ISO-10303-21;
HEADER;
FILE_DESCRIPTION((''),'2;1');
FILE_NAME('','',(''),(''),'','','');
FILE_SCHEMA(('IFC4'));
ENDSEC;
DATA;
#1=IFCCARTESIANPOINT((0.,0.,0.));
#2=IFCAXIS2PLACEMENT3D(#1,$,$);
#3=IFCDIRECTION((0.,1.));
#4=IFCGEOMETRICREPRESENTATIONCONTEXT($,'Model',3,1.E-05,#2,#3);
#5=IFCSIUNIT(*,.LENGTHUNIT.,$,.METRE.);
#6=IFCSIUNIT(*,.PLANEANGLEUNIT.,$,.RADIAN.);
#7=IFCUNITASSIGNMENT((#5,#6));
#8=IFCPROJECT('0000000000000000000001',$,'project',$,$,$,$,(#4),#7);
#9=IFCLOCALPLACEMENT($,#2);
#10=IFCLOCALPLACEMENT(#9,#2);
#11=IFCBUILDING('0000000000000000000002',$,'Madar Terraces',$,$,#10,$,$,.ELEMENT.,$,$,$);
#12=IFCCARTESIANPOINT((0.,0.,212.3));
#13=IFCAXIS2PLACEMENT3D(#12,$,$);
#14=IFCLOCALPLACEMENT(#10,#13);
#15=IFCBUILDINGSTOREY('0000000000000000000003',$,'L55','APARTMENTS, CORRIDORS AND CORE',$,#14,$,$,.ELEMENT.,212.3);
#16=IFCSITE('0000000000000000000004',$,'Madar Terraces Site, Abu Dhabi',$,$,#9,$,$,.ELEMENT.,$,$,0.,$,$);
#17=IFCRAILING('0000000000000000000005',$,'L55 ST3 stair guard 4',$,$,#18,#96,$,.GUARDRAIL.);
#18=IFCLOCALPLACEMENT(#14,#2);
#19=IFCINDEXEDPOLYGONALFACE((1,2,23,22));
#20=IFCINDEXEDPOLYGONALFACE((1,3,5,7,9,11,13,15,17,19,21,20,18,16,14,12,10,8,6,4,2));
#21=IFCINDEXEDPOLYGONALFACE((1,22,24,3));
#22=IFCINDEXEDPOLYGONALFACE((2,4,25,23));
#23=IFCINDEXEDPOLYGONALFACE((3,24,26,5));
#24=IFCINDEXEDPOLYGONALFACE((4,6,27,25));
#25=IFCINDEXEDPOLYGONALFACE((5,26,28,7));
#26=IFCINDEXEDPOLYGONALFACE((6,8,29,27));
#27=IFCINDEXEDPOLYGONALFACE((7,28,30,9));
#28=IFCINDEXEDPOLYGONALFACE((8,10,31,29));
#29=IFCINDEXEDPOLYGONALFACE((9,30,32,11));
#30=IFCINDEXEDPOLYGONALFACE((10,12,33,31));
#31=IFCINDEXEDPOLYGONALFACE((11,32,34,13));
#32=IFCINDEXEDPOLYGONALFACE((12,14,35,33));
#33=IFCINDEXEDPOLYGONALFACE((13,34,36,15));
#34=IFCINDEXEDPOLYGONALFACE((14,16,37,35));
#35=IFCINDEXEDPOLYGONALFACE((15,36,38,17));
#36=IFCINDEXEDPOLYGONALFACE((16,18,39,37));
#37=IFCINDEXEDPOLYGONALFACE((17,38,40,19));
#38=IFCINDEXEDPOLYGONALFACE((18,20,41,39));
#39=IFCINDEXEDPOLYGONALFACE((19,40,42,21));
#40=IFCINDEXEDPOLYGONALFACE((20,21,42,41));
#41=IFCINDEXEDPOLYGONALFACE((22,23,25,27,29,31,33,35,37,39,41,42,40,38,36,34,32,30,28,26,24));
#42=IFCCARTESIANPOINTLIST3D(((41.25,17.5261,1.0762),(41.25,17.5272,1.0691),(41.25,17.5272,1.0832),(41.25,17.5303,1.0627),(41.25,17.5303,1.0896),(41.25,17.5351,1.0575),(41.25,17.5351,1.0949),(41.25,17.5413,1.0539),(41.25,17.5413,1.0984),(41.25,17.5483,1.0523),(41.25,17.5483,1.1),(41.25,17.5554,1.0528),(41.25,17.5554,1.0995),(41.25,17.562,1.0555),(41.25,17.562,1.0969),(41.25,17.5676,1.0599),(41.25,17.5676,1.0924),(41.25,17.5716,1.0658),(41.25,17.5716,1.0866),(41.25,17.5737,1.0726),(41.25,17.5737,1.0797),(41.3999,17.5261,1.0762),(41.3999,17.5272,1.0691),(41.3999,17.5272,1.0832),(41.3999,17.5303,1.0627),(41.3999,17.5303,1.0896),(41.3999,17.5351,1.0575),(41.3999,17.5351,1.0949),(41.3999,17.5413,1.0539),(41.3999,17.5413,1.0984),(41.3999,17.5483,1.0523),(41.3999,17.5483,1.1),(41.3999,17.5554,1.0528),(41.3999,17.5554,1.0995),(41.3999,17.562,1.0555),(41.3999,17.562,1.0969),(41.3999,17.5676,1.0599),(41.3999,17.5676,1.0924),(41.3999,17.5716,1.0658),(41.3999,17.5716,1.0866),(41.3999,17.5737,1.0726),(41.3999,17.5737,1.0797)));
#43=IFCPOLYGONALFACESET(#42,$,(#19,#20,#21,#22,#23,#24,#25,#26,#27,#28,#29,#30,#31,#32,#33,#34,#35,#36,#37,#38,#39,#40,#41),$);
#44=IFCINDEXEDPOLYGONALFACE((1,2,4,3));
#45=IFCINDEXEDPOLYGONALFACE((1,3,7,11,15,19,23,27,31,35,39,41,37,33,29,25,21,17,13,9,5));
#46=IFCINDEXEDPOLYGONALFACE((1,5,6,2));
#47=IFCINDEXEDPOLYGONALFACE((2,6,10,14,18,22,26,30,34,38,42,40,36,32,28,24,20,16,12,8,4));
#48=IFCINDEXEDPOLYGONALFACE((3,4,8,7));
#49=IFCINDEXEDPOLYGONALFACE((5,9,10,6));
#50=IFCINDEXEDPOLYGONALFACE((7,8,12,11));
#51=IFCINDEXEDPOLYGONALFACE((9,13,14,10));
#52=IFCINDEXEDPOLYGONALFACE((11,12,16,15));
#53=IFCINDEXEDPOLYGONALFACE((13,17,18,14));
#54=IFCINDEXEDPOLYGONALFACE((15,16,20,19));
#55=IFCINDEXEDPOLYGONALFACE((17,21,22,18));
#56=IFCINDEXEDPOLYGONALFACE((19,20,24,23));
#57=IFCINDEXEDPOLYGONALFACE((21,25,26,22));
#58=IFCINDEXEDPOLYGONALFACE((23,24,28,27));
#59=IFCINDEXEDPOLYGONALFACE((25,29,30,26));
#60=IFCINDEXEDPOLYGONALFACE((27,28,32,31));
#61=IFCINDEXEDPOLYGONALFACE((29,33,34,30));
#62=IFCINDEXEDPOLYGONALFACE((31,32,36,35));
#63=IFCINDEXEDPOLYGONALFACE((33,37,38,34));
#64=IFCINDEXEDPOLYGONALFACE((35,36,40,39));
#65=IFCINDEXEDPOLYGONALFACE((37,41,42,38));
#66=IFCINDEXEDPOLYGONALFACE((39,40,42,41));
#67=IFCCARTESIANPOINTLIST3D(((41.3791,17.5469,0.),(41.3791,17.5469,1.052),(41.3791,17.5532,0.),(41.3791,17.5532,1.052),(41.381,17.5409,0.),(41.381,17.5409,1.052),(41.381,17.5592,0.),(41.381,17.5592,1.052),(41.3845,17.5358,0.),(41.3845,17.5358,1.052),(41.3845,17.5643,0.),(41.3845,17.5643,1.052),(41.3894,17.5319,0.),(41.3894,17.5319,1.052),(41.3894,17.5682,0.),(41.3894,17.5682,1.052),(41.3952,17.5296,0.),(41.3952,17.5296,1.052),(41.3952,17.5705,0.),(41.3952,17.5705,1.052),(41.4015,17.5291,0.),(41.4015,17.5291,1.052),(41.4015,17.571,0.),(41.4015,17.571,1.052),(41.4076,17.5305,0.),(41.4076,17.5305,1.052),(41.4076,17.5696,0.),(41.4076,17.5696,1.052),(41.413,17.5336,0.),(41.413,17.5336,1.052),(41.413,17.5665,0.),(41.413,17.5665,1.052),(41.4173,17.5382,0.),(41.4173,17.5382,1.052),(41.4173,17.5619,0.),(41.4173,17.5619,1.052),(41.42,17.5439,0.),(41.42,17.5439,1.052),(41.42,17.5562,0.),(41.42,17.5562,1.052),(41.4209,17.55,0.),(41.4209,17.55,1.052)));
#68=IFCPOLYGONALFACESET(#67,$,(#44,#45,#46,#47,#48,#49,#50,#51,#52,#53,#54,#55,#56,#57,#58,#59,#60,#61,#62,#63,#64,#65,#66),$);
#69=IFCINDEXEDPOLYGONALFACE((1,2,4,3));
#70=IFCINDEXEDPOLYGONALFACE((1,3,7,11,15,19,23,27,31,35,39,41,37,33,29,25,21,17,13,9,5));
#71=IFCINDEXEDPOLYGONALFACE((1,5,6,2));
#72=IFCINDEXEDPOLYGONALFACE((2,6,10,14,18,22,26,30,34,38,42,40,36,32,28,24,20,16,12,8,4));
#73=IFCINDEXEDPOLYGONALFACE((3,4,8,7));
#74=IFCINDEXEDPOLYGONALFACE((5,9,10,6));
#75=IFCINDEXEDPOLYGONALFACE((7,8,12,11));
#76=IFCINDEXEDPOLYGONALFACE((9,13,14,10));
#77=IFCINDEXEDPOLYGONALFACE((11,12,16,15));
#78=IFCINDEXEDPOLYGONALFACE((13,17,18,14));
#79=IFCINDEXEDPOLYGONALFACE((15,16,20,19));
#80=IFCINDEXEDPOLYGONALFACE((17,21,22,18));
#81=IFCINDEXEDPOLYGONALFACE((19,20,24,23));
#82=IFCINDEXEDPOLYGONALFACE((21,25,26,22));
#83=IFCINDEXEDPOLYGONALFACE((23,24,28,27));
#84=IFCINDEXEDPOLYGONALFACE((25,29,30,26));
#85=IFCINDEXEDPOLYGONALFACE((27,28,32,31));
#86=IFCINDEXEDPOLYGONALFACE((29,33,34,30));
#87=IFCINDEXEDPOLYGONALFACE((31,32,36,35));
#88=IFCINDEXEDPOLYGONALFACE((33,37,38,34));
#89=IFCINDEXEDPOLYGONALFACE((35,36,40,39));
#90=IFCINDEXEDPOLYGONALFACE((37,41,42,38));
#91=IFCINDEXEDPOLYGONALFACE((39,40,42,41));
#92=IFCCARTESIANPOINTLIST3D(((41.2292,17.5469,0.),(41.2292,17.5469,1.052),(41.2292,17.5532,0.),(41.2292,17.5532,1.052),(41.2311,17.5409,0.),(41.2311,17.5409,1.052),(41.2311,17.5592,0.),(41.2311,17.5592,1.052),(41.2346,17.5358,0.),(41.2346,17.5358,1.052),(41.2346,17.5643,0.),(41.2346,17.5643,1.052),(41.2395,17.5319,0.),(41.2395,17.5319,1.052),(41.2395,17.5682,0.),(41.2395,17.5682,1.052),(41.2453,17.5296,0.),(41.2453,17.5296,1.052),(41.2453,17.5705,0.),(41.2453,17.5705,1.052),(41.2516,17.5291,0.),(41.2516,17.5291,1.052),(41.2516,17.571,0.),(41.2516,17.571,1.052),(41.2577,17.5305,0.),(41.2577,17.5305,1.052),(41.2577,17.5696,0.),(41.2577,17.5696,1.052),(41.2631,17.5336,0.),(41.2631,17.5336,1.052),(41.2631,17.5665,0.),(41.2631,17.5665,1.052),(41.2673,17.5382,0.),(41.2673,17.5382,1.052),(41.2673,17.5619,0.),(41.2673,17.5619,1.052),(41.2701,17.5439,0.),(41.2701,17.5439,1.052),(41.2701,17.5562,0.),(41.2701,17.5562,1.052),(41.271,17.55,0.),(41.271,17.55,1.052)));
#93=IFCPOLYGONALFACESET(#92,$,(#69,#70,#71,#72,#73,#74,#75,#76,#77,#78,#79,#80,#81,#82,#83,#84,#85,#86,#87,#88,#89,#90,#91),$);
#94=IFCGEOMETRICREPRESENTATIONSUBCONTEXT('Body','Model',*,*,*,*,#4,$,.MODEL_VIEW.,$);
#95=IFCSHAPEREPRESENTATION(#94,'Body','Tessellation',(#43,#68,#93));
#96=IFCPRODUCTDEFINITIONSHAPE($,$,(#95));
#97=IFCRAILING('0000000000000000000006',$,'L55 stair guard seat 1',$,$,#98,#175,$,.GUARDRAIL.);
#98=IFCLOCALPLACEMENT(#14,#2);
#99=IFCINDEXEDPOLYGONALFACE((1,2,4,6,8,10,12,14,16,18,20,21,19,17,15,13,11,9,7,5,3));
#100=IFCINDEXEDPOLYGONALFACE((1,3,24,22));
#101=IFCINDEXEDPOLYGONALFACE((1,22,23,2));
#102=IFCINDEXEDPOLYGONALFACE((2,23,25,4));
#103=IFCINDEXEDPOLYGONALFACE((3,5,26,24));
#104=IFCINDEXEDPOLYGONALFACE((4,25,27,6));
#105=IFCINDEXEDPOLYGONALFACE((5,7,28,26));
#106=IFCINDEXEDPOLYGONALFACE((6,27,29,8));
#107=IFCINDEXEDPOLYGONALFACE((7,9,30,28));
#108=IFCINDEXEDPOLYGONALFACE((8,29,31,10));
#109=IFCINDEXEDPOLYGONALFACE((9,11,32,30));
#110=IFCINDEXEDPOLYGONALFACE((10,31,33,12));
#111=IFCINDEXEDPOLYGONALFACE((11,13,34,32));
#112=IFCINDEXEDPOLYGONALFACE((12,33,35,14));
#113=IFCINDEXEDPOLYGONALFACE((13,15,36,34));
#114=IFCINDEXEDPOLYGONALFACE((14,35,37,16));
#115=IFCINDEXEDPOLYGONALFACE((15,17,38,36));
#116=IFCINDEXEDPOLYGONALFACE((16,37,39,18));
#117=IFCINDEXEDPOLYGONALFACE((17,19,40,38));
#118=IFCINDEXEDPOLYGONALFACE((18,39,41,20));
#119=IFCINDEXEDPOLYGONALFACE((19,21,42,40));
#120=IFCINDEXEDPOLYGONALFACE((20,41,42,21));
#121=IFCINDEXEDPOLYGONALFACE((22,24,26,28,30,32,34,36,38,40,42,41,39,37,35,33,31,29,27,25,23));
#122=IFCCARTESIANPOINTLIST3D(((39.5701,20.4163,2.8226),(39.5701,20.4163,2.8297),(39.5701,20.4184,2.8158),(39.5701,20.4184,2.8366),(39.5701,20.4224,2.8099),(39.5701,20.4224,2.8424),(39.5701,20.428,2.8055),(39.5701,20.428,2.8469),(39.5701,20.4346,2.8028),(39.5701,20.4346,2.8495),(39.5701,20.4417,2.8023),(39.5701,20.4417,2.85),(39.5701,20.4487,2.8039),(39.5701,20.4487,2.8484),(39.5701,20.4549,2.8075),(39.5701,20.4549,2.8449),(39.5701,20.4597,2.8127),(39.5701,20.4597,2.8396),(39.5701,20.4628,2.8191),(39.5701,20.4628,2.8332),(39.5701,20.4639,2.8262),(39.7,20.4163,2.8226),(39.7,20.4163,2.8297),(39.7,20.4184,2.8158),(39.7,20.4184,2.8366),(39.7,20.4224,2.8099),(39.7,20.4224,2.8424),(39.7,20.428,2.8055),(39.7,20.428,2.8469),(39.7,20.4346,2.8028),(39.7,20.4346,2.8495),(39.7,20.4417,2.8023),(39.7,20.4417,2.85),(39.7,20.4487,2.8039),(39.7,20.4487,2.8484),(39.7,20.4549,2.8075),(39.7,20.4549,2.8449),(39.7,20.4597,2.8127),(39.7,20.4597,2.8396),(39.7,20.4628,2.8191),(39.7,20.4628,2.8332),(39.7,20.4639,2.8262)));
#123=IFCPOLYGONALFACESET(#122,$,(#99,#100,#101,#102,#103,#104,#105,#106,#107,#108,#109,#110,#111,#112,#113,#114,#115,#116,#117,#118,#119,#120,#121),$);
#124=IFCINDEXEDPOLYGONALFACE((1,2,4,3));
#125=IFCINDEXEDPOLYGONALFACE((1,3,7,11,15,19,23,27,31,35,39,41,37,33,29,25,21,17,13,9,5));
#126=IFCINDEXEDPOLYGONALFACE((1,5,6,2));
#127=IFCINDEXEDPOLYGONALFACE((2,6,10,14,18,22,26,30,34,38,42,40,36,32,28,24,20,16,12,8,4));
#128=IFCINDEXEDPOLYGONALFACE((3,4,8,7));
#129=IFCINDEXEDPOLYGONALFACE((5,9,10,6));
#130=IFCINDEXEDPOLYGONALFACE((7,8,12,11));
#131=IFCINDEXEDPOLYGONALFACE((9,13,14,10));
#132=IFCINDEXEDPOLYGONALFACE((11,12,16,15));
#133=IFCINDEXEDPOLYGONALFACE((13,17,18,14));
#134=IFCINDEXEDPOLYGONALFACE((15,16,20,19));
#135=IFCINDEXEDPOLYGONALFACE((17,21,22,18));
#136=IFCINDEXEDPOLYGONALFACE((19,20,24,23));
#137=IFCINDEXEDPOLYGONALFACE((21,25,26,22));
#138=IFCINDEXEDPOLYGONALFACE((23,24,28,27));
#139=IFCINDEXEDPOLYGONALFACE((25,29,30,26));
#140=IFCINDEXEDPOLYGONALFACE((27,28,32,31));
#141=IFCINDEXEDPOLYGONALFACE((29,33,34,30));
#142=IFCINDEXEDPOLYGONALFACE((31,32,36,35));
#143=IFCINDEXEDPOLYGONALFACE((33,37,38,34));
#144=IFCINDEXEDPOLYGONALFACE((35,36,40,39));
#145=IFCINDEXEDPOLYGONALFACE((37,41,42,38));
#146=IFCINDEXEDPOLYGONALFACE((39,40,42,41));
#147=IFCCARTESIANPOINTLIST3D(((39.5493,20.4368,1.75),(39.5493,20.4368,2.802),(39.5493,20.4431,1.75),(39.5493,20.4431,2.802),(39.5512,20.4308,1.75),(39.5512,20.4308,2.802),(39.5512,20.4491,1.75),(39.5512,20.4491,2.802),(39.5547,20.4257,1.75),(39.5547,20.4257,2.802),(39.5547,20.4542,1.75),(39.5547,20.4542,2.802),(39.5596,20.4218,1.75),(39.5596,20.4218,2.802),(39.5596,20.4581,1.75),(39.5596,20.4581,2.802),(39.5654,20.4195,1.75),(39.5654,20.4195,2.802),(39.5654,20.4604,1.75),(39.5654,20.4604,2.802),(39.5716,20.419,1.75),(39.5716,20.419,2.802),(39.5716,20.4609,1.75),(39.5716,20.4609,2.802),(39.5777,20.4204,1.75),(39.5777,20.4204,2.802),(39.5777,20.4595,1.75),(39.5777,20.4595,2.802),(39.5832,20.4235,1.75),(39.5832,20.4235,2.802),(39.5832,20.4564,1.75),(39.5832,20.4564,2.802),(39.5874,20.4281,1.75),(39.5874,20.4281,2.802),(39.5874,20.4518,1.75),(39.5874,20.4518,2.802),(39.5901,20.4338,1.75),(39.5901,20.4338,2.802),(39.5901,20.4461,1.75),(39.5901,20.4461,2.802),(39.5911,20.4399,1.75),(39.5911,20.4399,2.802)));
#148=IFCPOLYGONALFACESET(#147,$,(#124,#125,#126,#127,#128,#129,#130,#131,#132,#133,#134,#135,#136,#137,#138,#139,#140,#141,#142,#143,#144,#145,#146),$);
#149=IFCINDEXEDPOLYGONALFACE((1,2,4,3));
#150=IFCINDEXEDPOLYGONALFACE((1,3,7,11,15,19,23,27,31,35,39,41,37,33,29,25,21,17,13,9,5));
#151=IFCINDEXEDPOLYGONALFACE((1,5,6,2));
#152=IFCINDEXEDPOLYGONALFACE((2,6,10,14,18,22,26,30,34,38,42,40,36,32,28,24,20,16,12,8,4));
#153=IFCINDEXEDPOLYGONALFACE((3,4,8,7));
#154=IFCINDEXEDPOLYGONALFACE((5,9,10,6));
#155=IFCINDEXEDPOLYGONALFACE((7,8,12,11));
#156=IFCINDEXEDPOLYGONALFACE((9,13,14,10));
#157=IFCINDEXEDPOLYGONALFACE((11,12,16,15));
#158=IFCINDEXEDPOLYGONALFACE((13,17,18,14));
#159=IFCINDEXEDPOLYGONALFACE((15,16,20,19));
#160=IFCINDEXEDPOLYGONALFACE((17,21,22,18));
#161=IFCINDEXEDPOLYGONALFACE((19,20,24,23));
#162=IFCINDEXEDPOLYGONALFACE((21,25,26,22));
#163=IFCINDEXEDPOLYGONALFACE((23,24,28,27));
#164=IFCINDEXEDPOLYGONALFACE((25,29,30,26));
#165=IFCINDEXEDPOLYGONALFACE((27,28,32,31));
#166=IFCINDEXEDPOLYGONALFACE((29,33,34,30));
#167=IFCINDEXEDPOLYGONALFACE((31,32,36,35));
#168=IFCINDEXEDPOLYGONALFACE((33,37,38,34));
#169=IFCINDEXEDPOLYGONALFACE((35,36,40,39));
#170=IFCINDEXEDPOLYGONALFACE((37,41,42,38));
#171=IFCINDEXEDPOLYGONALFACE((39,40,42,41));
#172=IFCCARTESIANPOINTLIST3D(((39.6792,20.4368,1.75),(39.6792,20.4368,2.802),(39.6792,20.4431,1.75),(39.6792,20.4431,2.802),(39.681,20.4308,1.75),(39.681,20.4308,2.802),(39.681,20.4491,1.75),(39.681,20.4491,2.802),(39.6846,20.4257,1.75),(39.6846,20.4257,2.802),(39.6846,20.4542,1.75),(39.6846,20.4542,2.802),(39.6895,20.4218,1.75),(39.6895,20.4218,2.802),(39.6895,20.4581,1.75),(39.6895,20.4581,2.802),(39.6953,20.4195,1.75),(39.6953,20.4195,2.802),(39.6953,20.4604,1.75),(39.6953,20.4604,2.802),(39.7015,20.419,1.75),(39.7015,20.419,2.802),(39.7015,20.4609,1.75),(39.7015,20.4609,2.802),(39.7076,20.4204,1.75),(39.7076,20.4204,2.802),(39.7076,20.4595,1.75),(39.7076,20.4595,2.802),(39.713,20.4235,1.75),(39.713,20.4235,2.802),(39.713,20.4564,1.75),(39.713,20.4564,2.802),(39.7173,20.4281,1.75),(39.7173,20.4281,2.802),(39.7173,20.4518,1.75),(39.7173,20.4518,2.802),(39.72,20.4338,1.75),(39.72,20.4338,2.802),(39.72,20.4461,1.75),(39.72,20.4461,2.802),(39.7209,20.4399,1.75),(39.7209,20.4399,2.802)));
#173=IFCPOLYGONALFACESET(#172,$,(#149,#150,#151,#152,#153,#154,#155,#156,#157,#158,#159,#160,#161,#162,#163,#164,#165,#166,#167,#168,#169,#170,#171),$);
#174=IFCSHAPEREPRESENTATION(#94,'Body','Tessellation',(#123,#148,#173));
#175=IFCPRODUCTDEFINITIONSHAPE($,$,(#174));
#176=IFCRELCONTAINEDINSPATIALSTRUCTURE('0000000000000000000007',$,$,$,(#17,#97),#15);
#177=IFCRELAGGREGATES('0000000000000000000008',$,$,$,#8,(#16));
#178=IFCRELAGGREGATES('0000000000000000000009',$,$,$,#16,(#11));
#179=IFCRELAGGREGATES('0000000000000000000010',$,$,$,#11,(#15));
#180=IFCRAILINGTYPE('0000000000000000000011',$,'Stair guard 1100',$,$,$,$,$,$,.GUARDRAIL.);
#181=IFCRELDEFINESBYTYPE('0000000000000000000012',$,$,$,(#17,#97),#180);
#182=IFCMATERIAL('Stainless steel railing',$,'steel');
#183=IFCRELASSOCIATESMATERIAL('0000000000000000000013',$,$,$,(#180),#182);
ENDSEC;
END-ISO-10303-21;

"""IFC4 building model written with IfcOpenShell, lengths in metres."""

from ifc_helpers import new_model, si_unit, direction, frame, origin, origin_2d, place, context, subcontext, project, spatial, circle, extrude, material, type_object, element, save


model = new_model("IFC4")

# Units and contexts
model_context = context("Model", 3, precision=1e-05, world=origin(), true_north=direction((0.0, 1.0)))
body_context = subcontext(model_context, "Body", "Model", "MODEL_VIEW")
ifc_project = project(units=[si_unit("LENGTHUNIT", "METRE"), si_unit("PLANEANGLEUNIT", "RADIAN")], contexts=[model_context])

# Site, building, storey
site_placement = place(None, origin())
site = spatial("IfcSite", under=ifc_project, at=site_placement, Name="Madar Terraces Site, Abu Dhabi", CompositionType="ELEMENT", RefElevation=0.0)
building_placement = place(site_placement, origin())
building = spatial("IfcBuilding", under=site, at=building_placement, Name="Madar Terraces", CompositionType="ELEMENT")
storey_placement = place(building_placement, frame((0.0, 0.0, 212.3)))
storey = spatial("IfcBuildingStorey", under=building, at=storey_placement, Name="L55", Description="APARTMENTS, CORRIDORS AND CORE", CompositionType="ELEMENT", Elevation=212.3)

# Railings
ifc_material_1 = material(Name="Stainless steel railing", Category="steel")
railing_type_1 = type_object("IfcRailingType", Name="Stair guard 1100", PredefinedType="GUARDRAIL", material=ifc_material_1)
railing_1_placement = place(storey_placement, frame((41.3999, 17.55, 0.0)))
element("IfcRailing", 1, at=railing_1_placement, inside=storey, type_object=railing_type_1, Name="L55 ST3 stair guard 4", PredefinedType="GUARDRAIL", context=body_context, shape_type="SweptSolid", body=[
    extrude(circle(Radius=0.0239, at=origin_2d()), frame((0.0, 0.0, 1.0762), z_axis=(-1.0, 0.0, 0.0), x_axis=(0.0, -1.0, 0.0)), (0.0, 0.0, 1.0), 0.1499),
    extrude(circle(Radius=0.021, at=origin_2d()), origin(), (0.0, 0.0, 1.0), 1.052),
    extrude(circle(Radius=0.021, at=origin_2d()), frame((-0.1499, 0.0, 0.0)), (0.0, 0.0, 1.0), 1.052),
])
railing_2_placement = place(storey_placement, frame((39.5701, 20.4399, 1.75)))
element("IfcRailing", 2, at=railing_2_placement, inside=storey, type_object=railing_type_1, Name="L55 stair guard seat 1", PredefinedType="GUARDRAIL", context=body_context, shape_type="SweptSolid", body=[
    extrude(circle(Radius=0.0239, at=origin_2d()), frame((0.0, 0.0, 1.0762), z_axis=(1.0, 0.0, 0.0), x_axis=(0.0, 1.0, 0.0)), (0.0, 0.0, 1.0), 0.1299),
    extrude(circle(Radius=0.021, at=origin_2d()), origin(), (0.0, 0.0, 1.0), 1.052),
    extrude(circle(Radius=0.021, at=origin_2d()), frame((0.1299, 0.0, 0.0)), (0.0, 0.0, 1.0), 1.052),
])

save(model, "model.ifc")
